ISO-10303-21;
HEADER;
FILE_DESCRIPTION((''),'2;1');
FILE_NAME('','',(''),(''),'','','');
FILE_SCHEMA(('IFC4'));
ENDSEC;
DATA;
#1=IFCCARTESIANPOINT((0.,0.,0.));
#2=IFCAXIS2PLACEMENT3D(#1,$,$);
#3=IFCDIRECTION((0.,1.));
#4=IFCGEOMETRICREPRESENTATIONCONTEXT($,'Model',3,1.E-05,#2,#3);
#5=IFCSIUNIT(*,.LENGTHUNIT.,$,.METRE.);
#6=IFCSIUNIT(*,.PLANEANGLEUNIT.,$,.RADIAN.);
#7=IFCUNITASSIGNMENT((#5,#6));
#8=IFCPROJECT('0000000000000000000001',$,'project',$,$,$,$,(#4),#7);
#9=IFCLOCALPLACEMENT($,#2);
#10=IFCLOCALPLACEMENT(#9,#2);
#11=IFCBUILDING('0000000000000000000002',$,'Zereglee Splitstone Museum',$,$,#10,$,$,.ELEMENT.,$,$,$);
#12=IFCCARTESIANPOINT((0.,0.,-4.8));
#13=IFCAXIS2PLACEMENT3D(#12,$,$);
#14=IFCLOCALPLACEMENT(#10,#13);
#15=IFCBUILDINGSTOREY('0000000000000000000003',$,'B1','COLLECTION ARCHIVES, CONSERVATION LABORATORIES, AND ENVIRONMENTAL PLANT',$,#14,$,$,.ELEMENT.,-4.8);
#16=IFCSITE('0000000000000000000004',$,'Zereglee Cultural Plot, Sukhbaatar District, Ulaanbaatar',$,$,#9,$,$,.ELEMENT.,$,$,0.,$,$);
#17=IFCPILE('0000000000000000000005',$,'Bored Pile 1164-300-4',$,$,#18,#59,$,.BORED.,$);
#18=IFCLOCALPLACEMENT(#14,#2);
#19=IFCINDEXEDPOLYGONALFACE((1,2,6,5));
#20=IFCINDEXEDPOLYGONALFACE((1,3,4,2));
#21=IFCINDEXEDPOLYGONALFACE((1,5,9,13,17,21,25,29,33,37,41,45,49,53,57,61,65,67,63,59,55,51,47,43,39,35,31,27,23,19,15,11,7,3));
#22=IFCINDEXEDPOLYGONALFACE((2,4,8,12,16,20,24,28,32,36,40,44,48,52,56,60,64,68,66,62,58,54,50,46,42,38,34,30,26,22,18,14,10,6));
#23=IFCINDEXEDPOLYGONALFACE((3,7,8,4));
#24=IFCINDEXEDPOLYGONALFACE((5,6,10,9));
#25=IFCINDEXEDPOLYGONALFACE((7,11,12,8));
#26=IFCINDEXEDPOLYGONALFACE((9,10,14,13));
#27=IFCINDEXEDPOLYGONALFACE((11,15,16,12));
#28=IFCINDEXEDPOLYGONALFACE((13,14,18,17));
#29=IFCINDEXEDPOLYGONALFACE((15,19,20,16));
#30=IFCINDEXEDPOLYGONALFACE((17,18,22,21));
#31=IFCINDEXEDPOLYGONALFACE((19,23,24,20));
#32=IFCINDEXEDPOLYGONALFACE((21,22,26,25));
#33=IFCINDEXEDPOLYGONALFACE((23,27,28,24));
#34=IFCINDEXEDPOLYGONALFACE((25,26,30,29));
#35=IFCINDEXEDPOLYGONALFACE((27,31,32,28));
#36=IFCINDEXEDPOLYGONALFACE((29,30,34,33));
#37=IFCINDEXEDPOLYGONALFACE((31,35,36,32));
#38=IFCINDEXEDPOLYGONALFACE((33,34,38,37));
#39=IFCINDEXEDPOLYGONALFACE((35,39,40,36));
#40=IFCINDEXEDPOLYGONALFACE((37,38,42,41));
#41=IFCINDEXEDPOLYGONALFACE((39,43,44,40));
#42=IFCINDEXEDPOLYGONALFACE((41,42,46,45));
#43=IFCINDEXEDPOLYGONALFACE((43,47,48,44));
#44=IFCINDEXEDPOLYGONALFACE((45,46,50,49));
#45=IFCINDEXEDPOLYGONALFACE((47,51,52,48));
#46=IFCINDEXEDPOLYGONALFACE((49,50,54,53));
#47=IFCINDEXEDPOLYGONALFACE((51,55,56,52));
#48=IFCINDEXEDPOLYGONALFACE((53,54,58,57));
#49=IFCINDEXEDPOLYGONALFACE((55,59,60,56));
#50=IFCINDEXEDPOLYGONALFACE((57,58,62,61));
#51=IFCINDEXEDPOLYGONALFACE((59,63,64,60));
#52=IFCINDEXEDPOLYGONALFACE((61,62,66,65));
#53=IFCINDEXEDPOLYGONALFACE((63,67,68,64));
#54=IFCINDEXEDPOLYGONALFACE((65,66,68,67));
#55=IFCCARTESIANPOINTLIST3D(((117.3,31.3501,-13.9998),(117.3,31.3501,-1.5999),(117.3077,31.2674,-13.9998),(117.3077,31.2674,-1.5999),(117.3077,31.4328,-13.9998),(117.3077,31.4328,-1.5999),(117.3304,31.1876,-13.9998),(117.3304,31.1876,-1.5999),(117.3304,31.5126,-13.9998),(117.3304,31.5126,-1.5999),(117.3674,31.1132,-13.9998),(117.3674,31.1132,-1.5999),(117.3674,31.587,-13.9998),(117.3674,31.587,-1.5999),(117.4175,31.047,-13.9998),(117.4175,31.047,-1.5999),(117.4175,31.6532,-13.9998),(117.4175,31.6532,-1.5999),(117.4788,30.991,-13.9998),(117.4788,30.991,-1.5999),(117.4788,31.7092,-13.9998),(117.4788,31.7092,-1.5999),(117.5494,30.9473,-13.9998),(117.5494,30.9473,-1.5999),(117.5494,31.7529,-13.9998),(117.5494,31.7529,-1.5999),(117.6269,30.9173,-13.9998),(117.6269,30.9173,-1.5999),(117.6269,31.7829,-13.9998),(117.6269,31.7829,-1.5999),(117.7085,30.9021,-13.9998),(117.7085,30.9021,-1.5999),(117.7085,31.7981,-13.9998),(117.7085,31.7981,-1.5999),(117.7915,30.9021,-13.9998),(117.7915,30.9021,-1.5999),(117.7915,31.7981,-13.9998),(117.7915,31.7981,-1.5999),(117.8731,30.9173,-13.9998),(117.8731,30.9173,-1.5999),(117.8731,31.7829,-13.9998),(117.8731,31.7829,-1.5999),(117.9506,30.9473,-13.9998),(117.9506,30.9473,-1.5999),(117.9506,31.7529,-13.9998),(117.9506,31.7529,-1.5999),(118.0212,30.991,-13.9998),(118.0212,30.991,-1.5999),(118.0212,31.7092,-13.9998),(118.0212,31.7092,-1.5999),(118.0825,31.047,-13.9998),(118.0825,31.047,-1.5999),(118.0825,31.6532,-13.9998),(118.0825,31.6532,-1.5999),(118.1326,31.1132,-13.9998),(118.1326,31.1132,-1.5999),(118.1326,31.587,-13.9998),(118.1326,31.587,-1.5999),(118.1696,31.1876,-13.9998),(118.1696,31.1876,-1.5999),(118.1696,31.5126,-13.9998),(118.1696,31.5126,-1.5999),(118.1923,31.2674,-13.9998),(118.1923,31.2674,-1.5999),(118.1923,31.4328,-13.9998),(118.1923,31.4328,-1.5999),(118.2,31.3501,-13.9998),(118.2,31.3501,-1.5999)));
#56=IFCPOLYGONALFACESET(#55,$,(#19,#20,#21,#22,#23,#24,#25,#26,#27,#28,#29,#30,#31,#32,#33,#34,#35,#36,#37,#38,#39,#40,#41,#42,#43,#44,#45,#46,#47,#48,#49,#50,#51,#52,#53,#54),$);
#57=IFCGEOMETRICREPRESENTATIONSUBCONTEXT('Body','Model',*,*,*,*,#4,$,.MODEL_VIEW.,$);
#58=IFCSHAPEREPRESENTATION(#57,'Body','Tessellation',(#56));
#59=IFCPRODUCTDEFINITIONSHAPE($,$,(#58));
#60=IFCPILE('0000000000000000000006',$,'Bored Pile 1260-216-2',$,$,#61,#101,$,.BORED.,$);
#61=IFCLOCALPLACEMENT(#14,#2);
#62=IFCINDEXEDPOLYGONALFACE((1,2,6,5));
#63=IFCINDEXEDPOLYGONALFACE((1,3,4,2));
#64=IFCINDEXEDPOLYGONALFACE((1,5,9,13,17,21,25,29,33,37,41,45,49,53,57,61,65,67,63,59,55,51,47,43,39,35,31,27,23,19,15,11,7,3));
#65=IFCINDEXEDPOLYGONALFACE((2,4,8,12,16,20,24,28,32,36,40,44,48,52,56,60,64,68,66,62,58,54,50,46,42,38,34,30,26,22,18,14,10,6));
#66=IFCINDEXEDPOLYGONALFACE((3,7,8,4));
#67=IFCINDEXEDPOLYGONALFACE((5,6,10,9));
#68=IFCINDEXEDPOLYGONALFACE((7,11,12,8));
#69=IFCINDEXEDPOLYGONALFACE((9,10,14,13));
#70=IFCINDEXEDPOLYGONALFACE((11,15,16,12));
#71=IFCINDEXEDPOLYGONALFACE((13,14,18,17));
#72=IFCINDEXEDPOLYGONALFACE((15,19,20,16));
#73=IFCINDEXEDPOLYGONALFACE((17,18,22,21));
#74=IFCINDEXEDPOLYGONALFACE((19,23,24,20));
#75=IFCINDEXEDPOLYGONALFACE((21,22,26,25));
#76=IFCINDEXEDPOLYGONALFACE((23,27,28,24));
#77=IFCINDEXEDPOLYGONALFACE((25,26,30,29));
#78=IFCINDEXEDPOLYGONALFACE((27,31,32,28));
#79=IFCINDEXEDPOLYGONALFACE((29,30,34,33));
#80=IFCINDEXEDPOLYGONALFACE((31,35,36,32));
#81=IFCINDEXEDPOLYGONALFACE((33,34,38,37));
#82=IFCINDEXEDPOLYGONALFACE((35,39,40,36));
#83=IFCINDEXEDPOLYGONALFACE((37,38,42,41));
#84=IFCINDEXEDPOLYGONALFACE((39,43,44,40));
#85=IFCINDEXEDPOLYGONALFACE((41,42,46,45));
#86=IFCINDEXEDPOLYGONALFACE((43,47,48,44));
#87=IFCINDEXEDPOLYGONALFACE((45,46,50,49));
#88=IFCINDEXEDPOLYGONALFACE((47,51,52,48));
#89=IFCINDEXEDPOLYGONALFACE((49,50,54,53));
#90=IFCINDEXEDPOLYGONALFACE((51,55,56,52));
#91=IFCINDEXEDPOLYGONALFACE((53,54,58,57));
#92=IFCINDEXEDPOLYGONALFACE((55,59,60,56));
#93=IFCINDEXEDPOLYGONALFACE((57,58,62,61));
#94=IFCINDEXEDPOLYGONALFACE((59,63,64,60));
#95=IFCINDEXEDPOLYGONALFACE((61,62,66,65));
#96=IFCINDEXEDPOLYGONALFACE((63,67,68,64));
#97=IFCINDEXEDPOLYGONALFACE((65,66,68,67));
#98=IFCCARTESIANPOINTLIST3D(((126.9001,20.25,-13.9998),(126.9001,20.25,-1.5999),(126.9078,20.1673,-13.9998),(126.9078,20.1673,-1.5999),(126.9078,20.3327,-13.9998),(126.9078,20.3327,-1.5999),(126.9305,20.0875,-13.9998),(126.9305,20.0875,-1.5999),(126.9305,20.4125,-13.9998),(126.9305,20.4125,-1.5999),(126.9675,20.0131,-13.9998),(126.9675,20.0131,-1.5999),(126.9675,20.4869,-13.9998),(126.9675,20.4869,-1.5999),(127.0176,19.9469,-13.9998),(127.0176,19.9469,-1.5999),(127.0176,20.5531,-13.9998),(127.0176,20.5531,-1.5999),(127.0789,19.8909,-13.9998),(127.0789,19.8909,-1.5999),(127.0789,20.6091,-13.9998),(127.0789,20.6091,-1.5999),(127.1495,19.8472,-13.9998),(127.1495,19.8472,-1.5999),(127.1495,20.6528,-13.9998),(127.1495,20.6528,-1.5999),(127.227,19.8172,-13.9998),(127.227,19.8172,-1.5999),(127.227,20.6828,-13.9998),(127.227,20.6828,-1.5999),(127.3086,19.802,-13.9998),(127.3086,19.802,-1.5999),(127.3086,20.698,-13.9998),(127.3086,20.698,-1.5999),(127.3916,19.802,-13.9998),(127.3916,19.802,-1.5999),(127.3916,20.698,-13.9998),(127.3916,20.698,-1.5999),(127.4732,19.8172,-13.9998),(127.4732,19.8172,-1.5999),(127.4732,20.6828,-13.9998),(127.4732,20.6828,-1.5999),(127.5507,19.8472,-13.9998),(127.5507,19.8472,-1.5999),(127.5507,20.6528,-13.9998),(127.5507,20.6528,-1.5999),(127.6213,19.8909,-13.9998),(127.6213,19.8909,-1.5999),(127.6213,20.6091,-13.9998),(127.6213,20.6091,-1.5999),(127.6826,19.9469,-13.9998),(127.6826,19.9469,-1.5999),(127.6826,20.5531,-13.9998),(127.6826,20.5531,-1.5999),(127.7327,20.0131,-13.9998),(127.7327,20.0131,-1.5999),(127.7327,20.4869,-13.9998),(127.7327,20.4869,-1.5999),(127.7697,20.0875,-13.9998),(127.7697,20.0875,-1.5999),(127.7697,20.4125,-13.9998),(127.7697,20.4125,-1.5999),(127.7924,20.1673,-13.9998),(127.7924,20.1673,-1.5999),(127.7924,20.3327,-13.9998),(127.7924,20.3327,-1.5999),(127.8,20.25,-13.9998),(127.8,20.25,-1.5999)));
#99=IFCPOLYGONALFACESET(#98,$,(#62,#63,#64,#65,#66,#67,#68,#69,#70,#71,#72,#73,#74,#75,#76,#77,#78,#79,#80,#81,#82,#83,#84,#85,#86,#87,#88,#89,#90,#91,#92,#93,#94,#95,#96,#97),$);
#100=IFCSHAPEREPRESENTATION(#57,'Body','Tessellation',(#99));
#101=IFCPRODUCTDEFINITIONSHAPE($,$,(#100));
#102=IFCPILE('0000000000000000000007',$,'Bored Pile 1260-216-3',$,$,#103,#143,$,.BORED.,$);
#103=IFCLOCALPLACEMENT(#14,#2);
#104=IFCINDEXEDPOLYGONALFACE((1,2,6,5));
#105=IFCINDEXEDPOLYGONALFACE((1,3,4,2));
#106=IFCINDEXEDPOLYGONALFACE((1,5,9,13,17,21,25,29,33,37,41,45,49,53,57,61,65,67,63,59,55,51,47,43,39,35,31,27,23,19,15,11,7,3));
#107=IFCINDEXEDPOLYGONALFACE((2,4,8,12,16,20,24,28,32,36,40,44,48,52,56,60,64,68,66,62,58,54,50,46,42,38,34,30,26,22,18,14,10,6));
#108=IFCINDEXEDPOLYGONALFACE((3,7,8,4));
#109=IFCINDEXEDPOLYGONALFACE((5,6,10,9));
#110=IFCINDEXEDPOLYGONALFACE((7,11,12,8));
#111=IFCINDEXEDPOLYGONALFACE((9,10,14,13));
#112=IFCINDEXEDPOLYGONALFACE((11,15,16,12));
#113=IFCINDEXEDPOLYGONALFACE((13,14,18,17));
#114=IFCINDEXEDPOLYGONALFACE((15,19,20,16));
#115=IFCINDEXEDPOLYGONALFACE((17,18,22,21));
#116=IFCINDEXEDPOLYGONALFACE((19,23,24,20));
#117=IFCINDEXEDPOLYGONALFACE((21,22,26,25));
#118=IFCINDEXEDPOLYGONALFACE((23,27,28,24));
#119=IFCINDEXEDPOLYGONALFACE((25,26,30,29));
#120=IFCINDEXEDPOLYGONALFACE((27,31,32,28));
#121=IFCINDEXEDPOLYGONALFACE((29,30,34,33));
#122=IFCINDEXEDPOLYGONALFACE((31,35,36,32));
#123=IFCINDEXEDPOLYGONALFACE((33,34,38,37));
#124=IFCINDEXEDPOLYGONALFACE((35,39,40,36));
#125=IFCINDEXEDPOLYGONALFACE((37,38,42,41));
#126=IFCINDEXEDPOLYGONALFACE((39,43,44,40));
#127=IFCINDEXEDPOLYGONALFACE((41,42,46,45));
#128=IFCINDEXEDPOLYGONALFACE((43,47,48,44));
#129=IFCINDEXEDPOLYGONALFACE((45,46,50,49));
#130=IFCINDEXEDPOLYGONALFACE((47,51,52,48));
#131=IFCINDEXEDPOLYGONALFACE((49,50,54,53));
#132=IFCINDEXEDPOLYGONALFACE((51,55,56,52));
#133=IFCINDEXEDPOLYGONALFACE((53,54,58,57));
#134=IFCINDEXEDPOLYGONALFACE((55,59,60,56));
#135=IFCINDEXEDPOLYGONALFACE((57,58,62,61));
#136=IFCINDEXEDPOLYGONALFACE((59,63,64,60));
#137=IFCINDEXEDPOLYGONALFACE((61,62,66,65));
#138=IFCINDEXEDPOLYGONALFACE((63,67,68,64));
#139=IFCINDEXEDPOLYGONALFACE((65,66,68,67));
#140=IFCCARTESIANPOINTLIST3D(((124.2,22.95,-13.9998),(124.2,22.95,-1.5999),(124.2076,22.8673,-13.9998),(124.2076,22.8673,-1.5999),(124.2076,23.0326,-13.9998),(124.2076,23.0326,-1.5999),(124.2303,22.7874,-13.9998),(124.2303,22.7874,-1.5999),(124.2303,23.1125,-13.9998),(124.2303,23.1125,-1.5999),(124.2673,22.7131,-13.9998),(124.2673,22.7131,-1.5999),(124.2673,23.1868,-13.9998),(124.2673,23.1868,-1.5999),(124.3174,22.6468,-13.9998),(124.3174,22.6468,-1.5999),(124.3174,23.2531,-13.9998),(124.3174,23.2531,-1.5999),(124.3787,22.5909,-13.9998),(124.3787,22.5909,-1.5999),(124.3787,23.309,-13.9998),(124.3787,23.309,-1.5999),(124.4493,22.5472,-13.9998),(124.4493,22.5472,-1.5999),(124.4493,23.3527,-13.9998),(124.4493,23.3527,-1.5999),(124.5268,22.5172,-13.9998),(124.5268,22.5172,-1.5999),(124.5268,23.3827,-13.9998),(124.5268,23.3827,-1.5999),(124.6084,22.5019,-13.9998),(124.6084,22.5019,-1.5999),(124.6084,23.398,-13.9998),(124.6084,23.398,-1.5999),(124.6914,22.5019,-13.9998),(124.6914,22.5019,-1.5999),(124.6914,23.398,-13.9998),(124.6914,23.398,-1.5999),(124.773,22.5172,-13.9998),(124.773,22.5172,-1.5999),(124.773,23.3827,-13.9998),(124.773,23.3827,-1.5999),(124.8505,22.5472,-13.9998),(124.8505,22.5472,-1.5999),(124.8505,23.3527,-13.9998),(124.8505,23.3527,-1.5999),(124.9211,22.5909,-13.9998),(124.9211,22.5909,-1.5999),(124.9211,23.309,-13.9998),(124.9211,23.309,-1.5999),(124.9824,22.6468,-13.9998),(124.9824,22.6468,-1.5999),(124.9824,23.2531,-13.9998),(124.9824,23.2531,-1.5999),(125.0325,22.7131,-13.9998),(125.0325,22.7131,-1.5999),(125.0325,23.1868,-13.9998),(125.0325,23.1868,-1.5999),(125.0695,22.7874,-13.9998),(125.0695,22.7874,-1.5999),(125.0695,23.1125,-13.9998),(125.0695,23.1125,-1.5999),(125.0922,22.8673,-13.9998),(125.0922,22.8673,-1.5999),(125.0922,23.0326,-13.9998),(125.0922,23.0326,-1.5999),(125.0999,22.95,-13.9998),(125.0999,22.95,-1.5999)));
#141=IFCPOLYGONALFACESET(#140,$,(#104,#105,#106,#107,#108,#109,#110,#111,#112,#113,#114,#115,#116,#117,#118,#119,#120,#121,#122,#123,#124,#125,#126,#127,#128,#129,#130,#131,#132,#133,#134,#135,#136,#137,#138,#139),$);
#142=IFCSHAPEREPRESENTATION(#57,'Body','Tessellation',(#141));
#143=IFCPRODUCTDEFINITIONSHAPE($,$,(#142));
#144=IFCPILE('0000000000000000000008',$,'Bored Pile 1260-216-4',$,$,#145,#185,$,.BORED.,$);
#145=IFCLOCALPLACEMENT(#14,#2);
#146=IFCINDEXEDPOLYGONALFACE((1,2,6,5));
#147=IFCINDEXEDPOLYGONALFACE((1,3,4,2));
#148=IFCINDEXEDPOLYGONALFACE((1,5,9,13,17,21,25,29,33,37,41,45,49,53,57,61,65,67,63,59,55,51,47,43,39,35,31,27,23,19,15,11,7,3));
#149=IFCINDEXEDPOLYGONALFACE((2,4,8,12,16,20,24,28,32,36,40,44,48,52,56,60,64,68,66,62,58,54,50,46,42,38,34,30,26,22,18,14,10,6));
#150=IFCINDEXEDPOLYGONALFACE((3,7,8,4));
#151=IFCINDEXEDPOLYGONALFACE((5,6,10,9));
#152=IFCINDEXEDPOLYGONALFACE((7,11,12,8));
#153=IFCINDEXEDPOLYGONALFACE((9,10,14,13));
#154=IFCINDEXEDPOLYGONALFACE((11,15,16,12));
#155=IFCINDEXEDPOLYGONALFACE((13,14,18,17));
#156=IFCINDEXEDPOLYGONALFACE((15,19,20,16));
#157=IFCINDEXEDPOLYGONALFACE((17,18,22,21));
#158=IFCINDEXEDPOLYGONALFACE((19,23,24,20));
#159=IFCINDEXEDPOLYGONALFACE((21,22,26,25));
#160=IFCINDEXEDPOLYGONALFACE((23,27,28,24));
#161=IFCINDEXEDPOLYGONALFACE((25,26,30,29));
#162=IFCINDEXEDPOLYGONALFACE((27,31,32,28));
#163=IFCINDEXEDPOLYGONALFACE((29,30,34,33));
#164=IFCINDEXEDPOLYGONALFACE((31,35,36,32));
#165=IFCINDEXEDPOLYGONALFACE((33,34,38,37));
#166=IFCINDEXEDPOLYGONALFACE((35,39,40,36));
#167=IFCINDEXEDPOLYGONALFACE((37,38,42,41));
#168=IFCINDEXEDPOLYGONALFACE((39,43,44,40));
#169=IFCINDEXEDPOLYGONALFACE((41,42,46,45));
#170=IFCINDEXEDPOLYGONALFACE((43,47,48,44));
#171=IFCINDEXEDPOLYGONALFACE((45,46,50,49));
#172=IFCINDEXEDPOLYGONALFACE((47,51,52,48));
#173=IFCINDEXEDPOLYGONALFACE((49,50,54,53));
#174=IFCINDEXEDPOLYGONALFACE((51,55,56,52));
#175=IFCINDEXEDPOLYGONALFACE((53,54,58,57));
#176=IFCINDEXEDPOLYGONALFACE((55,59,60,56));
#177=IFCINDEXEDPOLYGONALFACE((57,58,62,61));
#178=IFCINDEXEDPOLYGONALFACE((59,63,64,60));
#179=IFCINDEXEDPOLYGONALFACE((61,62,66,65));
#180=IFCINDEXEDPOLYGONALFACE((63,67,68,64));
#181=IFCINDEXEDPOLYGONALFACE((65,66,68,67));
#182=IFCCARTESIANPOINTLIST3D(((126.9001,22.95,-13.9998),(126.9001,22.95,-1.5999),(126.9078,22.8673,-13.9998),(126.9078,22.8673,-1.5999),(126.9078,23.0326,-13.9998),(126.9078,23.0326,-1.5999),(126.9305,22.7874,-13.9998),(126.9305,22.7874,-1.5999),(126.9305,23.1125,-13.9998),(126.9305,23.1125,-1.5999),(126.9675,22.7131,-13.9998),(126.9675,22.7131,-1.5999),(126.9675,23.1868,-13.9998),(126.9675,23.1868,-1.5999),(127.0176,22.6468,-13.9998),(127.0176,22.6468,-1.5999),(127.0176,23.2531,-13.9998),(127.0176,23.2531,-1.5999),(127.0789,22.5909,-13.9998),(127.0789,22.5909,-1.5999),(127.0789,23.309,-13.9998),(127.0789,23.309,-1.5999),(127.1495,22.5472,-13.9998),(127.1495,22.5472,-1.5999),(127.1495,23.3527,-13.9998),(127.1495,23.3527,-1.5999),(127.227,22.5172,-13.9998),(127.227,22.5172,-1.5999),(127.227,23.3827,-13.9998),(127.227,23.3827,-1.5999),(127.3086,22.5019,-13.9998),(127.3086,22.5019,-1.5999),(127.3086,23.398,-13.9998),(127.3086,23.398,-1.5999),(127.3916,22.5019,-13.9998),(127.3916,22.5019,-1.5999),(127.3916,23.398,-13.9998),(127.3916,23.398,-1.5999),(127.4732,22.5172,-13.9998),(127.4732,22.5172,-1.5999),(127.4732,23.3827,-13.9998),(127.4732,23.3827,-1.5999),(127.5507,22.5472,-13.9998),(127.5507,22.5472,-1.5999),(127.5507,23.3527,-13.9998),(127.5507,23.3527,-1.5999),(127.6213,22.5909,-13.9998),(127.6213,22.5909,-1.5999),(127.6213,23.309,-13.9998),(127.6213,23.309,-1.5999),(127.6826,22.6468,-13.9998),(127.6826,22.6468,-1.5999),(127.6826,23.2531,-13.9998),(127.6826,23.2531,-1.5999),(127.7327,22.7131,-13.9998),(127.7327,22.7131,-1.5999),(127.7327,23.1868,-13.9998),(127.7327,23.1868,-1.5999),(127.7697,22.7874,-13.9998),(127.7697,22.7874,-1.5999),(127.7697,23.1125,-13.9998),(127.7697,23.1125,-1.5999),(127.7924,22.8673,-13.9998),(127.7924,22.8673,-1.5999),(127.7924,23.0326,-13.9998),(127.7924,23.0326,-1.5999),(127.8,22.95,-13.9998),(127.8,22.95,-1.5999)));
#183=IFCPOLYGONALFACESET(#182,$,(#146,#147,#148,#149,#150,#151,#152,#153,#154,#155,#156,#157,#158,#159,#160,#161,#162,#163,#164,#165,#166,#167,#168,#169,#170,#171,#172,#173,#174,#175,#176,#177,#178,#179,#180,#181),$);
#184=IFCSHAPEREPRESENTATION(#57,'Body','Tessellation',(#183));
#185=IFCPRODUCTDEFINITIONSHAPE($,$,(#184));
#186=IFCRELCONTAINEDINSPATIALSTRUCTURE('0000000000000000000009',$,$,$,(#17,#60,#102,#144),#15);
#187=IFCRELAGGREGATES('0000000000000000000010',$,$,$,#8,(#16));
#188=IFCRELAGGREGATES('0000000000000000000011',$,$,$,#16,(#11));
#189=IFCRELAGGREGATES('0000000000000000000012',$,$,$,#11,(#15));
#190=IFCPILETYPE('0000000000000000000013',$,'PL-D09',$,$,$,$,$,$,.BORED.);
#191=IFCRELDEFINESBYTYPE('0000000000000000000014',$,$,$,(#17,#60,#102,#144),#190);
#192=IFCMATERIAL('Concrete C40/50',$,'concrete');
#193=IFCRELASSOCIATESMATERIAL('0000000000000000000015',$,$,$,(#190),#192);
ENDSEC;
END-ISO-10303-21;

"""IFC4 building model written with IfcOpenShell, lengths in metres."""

from ifc_helpers import new_model, si_unit, direction, frame, origin, origin_2d, place, context, subcontext, project, spatial, circle, extrude, material, material_profile, profile_set, type_object, element, save


model = new_model("IFC4")

# Units and contexts
model_context = context("Model", 3, precision=1e-05, world=origin(), true_north=direction((0.0, 1.0)))
body_context = subcontext(model_context, "Body", "Model", "MODEL_VIEW")
ifc_project = project(units=[si_unit("LENGTHUNIT", "METRE"), si_unit("PLANEANGLEUNIT", "RADIAN")], contexts=[model_context])

# Site, building, storey
site_placement = place(None, origin())
site = spatial("IfcSite", under=ifc_project, at=site_placement, Name="Zereglee Cultural Plot, Sukhbaatar District, Ulaanbaatar", CompositionType="ELEMENT", RefElevation=0.0)
building_placement = place(site_placement, origin())
building = spatial("IfcBuilding", under=site, at=building_placement, Name="Zereglee Splitstone Museum", CompositionType="ELEMENT")
storey_placement = place(building_placement, frame((0.0, 0.0, -4.8)))
storey = spatial("IfcBuildingStorey", under=building, at=storey_placement, Name="B1", Description="COLLECTION ARCHIVES, CONSERVATION LABORATORIES, AND ENVIRONMENTAL PLANT", CompositionType="ELEMENT", Elevation=-4.8)

# Shared definitions
ifc_material_1 = material(Name="Concrete C40/50", Category="concrete")

# Piles
ifc_material_profile_1 = material_profile(ifc_material_1, circle(Radius=0.45, at=origin_2d()), Name="PILE D900")
ifc_profile_set_1 = profile_set([ifc_material_profile_1], Name="Concrete C40/50")
pile_type = type_object("IfcPileType", Name="PL-D09", PredefinedType="BORED", material=ifc_profile_set_1)
for number, where, z_axis, x_axis, name in (
    (1, (117.75, 31.3501, -1.5999), (0.0, 0.0, -1.0), (1.0, 0.0, 0.0), "Bored Pile 1164-300-4"),
    (2, (127.3501, 20.25, -1.5999), (0.0, 0.0, -1.0), (1.0, 0.0, 0.0), "Bored Pile 1260-216-2"),
    (3, (124.6499, 22.95, -1.5999), (0.0, 0.0, -1.0), (1.0, 0.0, 0.0), "Bored Pile 1260-216-3"),
    (4, (127.3501, 22.95, -1.5999), (0.0, 0.0, -1.0), (1.0, 0.0, 0.0), "Bored Pile 1260-216-4"),
):
    element("IfcPile", number, at=place(storey_placement, frame(where, z_axis=z_axis, x_axis=x_axis)), inside=storey, type_object=pile_type, Name=name, PredefinedType="BORED", context=body_context, shape_type="SweptSolid", body=[
        extrude(circle(Radius=0.45, at=origin_2d()), origin(), (0.0, 0.0, 1.0), 12.3999),
    ])

save(model, "model.ifc")
